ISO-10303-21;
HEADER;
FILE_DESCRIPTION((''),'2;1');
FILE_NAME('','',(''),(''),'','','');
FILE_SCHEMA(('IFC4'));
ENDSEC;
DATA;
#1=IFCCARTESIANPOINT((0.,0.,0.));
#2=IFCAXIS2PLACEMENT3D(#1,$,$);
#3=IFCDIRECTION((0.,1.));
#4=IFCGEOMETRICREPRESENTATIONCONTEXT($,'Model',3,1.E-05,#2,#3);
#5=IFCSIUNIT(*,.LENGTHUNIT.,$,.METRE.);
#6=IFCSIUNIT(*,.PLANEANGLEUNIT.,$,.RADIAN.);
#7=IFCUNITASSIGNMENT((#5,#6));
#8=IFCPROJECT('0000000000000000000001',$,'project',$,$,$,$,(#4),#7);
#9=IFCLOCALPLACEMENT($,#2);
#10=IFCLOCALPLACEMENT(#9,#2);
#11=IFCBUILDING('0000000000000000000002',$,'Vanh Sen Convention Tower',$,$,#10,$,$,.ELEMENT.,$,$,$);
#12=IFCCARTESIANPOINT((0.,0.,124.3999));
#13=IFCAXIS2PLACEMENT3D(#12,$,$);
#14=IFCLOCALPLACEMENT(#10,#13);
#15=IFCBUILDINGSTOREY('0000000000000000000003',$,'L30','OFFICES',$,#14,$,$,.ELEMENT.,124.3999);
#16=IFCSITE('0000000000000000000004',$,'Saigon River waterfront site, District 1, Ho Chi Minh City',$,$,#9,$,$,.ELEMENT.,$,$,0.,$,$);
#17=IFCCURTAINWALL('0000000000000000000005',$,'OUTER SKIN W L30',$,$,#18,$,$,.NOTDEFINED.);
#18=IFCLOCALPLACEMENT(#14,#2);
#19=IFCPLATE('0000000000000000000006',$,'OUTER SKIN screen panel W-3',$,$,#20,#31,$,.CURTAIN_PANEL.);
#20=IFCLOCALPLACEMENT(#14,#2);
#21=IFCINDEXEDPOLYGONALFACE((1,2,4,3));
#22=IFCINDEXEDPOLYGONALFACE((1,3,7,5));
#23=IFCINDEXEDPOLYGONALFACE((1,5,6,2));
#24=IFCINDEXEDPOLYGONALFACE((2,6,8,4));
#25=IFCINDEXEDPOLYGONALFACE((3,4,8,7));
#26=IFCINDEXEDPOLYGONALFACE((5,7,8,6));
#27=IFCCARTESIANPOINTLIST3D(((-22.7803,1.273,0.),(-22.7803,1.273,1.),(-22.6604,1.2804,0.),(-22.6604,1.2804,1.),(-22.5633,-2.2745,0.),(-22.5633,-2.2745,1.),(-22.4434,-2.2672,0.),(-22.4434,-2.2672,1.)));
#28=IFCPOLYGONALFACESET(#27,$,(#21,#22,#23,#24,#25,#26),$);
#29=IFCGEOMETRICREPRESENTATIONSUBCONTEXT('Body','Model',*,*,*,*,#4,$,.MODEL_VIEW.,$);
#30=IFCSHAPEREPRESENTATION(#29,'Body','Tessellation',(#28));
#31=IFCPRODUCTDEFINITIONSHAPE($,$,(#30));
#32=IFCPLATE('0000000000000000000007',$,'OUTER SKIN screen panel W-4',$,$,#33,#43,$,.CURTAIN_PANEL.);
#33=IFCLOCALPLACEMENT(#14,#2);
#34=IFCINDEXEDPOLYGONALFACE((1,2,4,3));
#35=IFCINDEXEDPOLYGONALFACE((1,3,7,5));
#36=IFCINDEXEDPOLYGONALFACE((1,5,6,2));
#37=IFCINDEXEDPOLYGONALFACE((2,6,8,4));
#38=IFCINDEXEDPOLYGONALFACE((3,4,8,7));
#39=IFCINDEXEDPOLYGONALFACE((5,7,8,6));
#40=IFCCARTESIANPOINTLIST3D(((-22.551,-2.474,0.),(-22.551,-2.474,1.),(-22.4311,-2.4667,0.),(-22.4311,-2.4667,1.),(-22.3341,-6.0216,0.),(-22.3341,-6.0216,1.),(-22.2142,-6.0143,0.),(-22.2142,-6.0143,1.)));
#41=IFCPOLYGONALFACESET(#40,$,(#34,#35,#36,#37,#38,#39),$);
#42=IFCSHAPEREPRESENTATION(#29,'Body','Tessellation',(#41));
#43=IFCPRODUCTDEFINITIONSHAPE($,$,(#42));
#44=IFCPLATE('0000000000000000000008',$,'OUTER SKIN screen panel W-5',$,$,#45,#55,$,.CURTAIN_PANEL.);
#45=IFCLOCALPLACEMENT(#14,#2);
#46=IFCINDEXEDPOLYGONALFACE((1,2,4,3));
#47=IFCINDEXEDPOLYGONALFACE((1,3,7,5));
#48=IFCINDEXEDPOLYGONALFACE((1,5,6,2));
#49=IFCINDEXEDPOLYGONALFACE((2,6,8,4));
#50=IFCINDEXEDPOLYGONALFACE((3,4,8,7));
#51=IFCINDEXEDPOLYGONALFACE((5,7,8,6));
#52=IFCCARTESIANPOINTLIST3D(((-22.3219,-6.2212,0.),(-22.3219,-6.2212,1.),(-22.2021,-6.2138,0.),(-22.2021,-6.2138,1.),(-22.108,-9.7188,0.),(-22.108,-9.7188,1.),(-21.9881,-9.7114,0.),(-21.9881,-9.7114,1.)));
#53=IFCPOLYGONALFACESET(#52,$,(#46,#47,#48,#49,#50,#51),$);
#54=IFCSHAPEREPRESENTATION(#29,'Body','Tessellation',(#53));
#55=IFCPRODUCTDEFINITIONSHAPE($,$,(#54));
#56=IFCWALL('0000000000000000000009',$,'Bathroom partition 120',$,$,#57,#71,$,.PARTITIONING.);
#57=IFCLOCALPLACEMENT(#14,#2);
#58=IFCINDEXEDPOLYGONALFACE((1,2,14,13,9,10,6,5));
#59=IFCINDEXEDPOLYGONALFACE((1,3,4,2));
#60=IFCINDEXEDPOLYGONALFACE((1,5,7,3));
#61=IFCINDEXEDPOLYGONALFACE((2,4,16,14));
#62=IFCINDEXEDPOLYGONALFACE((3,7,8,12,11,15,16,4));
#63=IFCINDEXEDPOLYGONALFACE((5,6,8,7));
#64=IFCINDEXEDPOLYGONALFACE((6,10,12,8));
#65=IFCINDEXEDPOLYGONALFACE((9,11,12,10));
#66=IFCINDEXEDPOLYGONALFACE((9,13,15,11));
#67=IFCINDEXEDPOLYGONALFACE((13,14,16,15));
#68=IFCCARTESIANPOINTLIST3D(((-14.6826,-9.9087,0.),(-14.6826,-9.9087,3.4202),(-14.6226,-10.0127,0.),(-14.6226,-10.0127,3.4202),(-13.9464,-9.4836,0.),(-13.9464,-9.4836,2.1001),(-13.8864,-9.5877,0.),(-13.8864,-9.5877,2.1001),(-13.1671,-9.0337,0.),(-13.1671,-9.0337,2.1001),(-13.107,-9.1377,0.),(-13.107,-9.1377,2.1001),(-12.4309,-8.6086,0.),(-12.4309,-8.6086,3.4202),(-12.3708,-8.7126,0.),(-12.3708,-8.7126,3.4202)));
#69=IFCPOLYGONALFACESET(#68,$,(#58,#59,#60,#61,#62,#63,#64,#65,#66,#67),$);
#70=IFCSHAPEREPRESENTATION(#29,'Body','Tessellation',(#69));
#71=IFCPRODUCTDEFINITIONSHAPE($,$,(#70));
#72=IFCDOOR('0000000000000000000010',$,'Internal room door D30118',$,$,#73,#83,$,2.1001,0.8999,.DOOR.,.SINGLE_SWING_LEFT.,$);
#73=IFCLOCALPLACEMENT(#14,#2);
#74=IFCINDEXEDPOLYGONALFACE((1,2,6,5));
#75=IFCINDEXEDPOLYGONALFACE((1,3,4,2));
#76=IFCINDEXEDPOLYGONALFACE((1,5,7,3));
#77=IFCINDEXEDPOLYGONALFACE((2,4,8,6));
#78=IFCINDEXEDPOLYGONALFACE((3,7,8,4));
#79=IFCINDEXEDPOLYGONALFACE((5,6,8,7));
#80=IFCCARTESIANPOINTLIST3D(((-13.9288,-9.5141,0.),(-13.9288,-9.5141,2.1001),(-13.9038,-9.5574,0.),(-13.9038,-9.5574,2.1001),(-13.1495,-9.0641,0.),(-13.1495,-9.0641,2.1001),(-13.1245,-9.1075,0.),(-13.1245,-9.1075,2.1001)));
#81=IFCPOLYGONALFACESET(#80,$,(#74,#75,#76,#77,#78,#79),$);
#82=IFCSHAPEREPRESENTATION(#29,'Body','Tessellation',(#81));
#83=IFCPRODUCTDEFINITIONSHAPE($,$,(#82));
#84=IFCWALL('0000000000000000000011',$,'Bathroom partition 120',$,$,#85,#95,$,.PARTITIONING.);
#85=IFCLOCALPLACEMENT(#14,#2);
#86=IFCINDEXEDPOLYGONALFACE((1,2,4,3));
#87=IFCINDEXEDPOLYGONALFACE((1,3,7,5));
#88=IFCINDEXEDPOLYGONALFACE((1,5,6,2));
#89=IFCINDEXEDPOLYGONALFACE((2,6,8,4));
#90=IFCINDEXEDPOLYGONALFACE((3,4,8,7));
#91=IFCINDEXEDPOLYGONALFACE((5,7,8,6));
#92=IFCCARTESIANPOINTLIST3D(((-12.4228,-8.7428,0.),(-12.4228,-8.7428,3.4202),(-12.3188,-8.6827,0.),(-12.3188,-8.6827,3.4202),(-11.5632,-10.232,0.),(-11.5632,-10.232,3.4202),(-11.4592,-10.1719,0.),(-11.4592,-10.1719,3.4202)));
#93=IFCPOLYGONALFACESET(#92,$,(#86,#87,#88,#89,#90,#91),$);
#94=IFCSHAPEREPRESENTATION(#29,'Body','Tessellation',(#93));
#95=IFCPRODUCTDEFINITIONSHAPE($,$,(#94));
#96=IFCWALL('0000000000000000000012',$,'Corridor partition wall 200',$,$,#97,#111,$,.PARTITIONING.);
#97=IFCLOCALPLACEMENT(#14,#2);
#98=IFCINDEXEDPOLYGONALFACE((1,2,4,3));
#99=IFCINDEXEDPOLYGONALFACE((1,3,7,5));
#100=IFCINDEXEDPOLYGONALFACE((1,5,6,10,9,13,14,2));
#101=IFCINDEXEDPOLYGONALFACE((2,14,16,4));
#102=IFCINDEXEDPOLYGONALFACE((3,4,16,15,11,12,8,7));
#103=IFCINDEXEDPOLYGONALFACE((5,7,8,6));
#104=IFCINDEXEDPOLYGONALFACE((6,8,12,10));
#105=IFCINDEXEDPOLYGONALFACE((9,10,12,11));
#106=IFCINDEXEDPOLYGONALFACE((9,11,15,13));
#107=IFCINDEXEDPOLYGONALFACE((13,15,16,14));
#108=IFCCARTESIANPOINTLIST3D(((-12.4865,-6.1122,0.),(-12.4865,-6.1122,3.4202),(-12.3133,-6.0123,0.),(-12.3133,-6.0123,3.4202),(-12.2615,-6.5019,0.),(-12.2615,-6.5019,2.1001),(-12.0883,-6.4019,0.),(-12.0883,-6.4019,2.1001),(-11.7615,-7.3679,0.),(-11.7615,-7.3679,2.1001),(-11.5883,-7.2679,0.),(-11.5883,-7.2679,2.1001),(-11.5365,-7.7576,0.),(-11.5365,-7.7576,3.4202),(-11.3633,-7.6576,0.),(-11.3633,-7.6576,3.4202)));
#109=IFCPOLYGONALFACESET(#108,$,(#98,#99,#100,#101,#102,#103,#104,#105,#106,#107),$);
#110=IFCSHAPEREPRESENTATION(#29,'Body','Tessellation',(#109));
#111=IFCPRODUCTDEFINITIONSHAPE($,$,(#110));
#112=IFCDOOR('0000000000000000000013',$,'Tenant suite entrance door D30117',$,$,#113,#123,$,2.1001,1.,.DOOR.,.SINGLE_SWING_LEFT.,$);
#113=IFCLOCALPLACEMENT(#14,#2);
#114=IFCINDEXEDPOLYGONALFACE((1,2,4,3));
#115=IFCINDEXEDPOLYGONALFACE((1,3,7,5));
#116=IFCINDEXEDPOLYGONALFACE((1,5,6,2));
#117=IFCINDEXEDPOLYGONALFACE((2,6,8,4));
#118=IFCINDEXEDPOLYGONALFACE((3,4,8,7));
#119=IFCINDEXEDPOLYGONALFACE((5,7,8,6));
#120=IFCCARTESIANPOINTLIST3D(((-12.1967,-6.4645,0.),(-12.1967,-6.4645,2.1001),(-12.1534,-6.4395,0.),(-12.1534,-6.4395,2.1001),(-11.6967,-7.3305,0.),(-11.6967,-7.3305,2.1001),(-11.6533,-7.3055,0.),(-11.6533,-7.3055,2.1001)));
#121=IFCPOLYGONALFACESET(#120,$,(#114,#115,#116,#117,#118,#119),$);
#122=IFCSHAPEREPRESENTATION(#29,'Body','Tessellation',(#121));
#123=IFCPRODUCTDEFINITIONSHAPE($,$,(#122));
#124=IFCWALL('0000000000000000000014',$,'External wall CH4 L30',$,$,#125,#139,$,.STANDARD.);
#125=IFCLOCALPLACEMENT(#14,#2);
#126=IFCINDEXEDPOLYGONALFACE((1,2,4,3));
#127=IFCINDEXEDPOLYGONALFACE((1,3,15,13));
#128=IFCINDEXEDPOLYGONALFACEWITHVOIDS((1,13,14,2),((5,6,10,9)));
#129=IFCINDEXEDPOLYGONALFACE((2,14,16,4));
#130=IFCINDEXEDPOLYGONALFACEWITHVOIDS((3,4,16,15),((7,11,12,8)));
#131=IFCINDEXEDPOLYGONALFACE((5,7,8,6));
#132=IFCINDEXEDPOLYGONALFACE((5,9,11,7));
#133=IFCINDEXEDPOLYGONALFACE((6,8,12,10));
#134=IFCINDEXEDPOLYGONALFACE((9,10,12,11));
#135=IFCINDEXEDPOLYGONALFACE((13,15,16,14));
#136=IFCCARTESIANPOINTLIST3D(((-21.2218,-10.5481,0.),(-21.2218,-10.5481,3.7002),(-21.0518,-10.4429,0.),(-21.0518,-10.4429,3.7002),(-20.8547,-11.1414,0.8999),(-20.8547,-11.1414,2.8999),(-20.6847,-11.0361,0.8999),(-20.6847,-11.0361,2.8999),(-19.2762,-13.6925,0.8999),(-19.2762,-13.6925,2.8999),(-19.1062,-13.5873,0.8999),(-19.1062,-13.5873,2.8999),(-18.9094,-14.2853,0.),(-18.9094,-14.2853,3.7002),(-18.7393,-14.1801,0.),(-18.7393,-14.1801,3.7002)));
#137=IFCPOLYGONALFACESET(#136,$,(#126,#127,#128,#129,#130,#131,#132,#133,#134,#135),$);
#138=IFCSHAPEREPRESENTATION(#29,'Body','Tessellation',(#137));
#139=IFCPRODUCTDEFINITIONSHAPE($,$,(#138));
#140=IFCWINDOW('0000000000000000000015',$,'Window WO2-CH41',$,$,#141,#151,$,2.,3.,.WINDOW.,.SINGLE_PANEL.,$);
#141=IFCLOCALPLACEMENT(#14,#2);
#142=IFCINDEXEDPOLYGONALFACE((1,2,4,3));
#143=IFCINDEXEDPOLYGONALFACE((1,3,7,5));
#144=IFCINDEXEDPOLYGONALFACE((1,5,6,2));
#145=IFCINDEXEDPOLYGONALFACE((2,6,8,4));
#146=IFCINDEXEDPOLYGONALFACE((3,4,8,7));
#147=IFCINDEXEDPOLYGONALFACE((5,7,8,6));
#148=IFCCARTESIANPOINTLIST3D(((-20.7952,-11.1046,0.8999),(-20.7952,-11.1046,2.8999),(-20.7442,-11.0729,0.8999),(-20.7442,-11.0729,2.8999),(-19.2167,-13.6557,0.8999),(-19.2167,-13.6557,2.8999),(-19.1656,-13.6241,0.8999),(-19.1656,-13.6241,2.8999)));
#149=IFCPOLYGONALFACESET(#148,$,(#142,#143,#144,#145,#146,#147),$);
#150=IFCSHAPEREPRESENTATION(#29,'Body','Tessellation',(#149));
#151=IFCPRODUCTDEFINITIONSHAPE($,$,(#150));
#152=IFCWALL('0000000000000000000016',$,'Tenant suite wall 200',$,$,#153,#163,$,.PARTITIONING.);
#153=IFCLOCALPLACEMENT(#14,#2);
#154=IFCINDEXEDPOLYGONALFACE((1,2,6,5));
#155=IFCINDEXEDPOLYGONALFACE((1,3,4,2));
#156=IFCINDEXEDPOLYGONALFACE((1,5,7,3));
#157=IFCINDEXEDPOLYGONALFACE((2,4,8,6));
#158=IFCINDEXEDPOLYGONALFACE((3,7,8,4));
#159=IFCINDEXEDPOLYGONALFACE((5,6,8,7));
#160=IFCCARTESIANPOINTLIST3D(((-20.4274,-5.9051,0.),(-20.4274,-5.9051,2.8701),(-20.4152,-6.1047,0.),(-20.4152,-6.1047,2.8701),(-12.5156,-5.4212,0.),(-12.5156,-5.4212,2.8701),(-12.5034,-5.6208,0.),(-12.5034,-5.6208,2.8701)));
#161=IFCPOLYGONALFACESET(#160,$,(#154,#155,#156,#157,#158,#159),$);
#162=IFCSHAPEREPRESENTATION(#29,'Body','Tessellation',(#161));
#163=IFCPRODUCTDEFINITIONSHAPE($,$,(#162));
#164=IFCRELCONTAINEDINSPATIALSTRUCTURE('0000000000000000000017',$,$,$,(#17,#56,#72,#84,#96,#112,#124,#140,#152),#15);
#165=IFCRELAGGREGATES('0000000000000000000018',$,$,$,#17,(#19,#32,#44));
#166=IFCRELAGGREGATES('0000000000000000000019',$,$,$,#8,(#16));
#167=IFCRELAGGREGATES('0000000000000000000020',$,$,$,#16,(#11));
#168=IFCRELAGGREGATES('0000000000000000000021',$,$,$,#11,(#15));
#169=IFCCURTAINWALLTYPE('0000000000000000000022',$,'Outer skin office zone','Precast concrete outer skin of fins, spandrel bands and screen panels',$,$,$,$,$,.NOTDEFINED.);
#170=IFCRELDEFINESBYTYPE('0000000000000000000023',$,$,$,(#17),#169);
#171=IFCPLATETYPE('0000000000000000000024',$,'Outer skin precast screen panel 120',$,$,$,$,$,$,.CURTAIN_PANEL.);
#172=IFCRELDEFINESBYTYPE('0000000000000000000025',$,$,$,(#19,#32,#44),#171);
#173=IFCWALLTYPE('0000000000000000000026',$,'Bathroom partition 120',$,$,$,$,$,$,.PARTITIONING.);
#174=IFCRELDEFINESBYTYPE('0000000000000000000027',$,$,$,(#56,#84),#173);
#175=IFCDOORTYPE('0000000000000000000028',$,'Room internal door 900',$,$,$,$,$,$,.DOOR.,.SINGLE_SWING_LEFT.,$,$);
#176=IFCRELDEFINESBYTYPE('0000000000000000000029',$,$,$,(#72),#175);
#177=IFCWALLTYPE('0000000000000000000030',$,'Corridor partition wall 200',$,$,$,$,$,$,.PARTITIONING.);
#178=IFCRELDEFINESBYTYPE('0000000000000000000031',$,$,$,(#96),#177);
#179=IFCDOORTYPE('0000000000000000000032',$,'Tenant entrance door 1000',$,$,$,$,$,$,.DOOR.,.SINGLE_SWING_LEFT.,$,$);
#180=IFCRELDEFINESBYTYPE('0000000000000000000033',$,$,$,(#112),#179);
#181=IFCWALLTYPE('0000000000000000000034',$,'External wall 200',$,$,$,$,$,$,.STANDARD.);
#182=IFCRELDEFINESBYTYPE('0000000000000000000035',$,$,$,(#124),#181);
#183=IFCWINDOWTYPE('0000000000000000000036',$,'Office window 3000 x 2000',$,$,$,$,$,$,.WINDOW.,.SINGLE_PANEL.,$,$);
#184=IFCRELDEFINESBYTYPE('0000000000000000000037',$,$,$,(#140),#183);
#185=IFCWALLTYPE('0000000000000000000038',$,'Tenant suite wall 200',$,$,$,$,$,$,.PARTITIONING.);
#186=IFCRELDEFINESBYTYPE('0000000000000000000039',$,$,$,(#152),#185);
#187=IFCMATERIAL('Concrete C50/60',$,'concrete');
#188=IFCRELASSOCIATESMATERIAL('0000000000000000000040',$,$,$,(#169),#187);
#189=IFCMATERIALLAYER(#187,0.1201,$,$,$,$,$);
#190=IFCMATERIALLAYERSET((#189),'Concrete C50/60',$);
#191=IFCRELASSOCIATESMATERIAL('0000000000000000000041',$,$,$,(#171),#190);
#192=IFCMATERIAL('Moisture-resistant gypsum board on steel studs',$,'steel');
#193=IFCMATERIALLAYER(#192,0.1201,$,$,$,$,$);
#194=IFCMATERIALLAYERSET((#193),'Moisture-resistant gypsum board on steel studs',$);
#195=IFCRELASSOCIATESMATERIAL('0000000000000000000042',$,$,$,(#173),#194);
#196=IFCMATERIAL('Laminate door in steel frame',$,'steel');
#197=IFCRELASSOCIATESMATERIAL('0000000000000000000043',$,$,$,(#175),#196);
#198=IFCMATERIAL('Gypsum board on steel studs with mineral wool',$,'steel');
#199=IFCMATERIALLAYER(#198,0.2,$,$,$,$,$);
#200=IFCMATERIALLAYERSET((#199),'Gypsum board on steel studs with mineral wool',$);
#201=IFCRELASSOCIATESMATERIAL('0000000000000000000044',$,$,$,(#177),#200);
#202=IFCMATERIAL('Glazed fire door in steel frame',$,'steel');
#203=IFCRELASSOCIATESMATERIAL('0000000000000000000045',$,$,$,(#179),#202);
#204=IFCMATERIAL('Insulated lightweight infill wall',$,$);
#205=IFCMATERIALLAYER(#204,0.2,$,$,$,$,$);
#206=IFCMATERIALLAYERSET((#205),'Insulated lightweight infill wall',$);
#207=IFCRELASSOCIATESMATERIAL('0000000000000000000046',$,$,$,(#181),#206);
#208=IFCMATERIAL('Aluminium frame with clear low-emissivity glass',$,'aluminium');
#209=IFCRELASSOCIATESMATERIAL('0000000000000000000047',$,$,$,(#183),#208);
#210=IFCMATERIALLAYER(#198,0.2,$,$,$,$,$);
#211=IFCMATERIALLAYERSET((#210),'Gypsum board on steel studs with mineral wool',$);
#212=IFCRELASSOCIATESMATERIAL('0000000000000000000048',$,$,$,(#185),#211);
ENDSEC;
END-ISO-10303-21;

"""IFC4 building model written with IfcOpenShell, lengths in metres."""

from ifc_helpers import new_model, si_unit, direction, frame, frame_2d, origin, origin_2d, place, context, subcontext, project, spatial, rectangle, extrude, material, layer, layer_set, type_object, element, fill, aggregate, save


model = new_model("IFC4")

# Units and contexts
model_context = context("Model", 3, precision=1e-05, world=origin(), true_north=direction((0.0, 1.0)))
body_context = subcontext(model_context, "Body", "Model", "MODEL_VIEW")
ifc_project = project(units=[si_unit("LENGTHUNIT", "METRE"), si_unit("PLANEANGLEUNIT", "RADIAN")], contexts=[model_context])

# Site, building, storey
site_placement = place(None, origin())
site = spatial("IfcSite", under=ifc_project, at=site_placement, Name="Saigon River waterfront site, District 1, Ho Chi Minh City", CompositionType="ELEMENT", RefElevation=0.0)
building_placement = place(site_placement, origin())
building = spatial("IfcBuilding", under=site, at=building_placement, Name="Vanh Sen Convention Tower", CompositionType="ELEMENT")
storey_placement = place(building_placement, frame((0.0, 0.0, 124.3999)))
storey = spatial("IfcBuildingStorey", under=building, at=storey_placement, Name="L30", Description="OFFICES", CompositionType="ELEMENT", Elevation=124.3999)

# Curtain wall
ifc_material_1 = material(Name="Concrete C50/60", Category="concrete")
curtain_wall_type = type_object("IfcCurtainWallType", Name="Outer skin office zone", Description="Precast concrete outer skin of fins, spandrel bands and screen panels", PredefinedType="NOTDEFINED", material=ifc_material_1)
curtain_wall_1_placement = place(storey_placement, origin())
curtain_wall_1 = element("IfcCurtainWall", 1, at=curtain_wall_1_placement, inside=storey, type_object=curtain_wall_type, Name="OUTER SKIN W L30", PredefinedType="NOTDEFINED")

# Plates
ifc_layer_1 = layer(ifc_material_1, 0.1201)
ifc_layer_set_1 = layer_set([ifc_layer_1], Name="Concrete C50/60")
plate_type = type_object("IfcPlateType", Name="Outer skin precast screen panel 120", PredefinedType="CURTAIN_PANEL", material=ifc_layer_set_1)
plate_1_placement = place(storey_placement, frame((-22.6118, -0.4971, 0.0), z_axis=(0.0, 0.0, 1.0), x_axis=(0.061054, -0.998134, 0.0)))
plate_1 = element("IfcPlate", 2, at=plate_1_placement, type_object=plate_type, Name="OUTER SKIN screen panel W-3", PredefinedType="CURTAIN_PANEL", context=body_context, shape_type="SweptSolid", body=[
    extrude(rectangle(XDim=3.5542, YDim=0.1201, at=origin_2d()), origin(), (0.0, 0.0, 1.0), 1.0),
])
plate_2_placement = place(storey_placement, frame((-22.3826, -4.2441, 0.0), z_axis=(0.0, 0.0, 1.0), x_axis=(0.061026, -0.998136, 0.0)))
plate_2 = element("IfcPlate", 3, at=plate_2_placement, type_object=plate_type, Name="OUTER SKIN screen panel W-4", PredefinedType="CURTAIN_PANEL", context=body_context, shape_type="SweptSolid", body=[
    extrude(rectangle(XDim=3.5542, YDim=0.1201, at=origin_2d()), origin(), (0.0, 0.0, 1.0), 1.0),
])
plate_3_placement = place(storey_placement, frame((-22.155, -7.9663, 0.0), z_axis=(0.0, 0.0, 1.0), x_axis=(0.061054, -0.998134, 0.0)))
plate_3 = element("IfcPlate", 4, at=plate_3_placement, type_object=plate_type, Name="OUTER SKIN screen panel W-5", PredefinedType="CURTAIN_PANEL", context=body_context, shape_type="SweptSolid", body=[
    extrude(rectangle(XDim=3.5042, YDim=0.1201, at=origin_2d()), origin(), (0.0, 0.0, 1.0), 1.0),
])
aggregate(curtain_wall_1, [plate_1, plate_2, plate_3])

# Wall, opening, door
ifc_material_2 = material(Name="Moisture-resistant gypsum board on steel studs", Category="steel")
ifc_layer_2 = layer(ifc_material_2, 0.1201)
ifc_layer_set_2 = layer_set([ifc_layer_2], Name="Moisture-resistant gypsum board on steel studs")
wall_type_1 = type_object("IfcWallType", Name="Bathroom partition 120", PredefinedType="PARTITIONING", material=ifc_layer_set_2)
wall_1_placement = place(storey_placement, frame((-14.6526, -9.9607, 0.0), z_axis=(0.0, 0.0, 1.0), x_axis=(0.866021, 0.500007, 0.0)))
wall_1 = element("IfcWall", 5, at=wall_1_placement, inside=storey, type_object=wall_type_1, Name="Bathroom partition 120", PredefinedType="PARTITIONING", context=body_context, shape_type="SweptSolid", body=[
    extrude(rectangle(XDim=2.6001, YDim=0.1201, at=frame_2d((1.3, 0.0))), origin(), (0.0, 0.0, 1.0), 3.4202),
])
opening_1_placement = place(wall_1_placement, frame((0.8501, 0.0, 0.0)))
opening_1 = element("IfcOpeningElement", 6, at=opening_1_placement, cuts=wall_1, PredefinedType="OPENING", context=body_context, shape_type="SweptSolid", body=[
    extrude(rectangle(XDim=0.8999, YDim=2.1001, at=frame_2d((0.45, 1.05))), frame((0.0, 0.0701, 0.0), z_axis=(0.0, -1.0, 0.0), x_axis=(1.0, 0.0, 0.0)), (0.0, 0.0, 1.0), 0.1401),
])
ifc_material_3 = material(Name="Laminate door in steel frame", Category="steel")
door_type_1 = type_object("IfcDoorType", Name="Room internal door 900", OperationType="SINGLE_SWING_LEFT", PredefinedType="DOOR", material=ifc_material_3)
door_1_placement = place(opening_1_placement, origin())
door_1 = element("IfcDoor", 7, at=door_1_placement, inside=storey, type_object=door_type_1, Name="Internal room door D30118", OperationType="SINGLE_SWING_LEFT", OverallHeight=2.1001, OverallWidth=0.8999, PredefinedType="DOOR", context=body_context, shape_type="SweptSolid", body=[
    extrude(rectangle(XDim=0.8999, YDim=2.1001, at=frame_2d((0.45, 1.05))), frame((0.0, 0.0249, 0.0), z_axis=(0.0, -1.0, 0.0), x_axis=(1.0, 0.0, 0.0)), (0.0, 0.0, 1.0), 0.05),
])
fill(opening_1, door_1)

# Wall
wall_2_placement = place(storey_placement, frame((-12.3708, -8.7126, 0.0), z_axis=(0.0, 0.0, 1.0), x_axis=(0.499911, -0.866077, 0.0)))
element("IfcWall", 8, at=wall_2_placement, inside=storey, type_object=wall_type_1, Name="Bathroom partition 120", PredefinedType="PARTITIONING", context=body_context, shape_type="SweptSolid", body=[
    extrude(rectangle(XDim=1.7195, YDim=0.1201, at=frame_2d((0.8599, 0.0))), origin(), (0.0, 0.0, 1.0), 3.4202),
])

# Wall, opening, door
ifc_material_4 = material(Name="Gypsum board on steel studs with mineral wool", Category="steel")
ifc_layer_3 = layer(ifc_material_4, 0.2)
ifc_layer_set_3 = layer_set([ifc_layer_3], Name="Gypsum board on steel studs with mineral wool")
wall_type_2 = type_object("IfcWallType", Name="Corridor partition wall 200", PredefinedType="PARTITIONING", material=ifc_layer_set_3)
wall_3_placement = place(storey_placement, frame((-12.3999, -6.0623, 0.0), z_axis=(0.0, 0.0, 1.0), x_axis=(0.500023, -0.866012, 0.0)))
wall_3 = element("IfcWall", 9, at=wall_3_placement, inside=storey, type_object=wall_type_2, Name="Corridor partition wall 200", PredefinedType="PARTITIONING", context=body_context, shape_type="SweptSolid", body=[
    extrude(rectangle(XDim=1.8999, YDim=0.2, at=frame_2d((0.95, 0.0))), origin(), (0.0, 0.0, 1.0), 3.4202),
])
opening_2_placement = place(wall_3_placement, frame((0.45, 0.0, 0.0)))
opening_2 = element("IfcOpeningElement", 10, at=opening_2_placement, cuts=wall_3, PredefinedType="OPENING", context=body_context, shape_type="SweptSolid", body=[
    extrude(rectangle(XDim=1.0, YDim=2.1001, at=frame_2d((0.5, 1.05))), frame((0.0, 0.1099, 0.0), z_axis=(0.0, -1.0, 0.0), x_axis=(1.0, 0.0, 0.0)), (0.0, 0.0, 1.0), 0.22),
])
ifc_material_5 = material(Name="Glazed fire door in steel frame", Category="steel")
door_type_2 = type_object("IfcDoorType", Name="Tenant entrance door 1000", OperationType="SINGLE_SWING_LEFT", PredefinedType="DOOR", material=ifc_material_5)
door_2_placement = place(opening_2_placement, origin())
door_2 = element("IfcDoor", 11, at=door_2_placement, inside=storey, type_object=door_type_2, Name="Tenant suite entrance door D30117", OperationType="SINGLE_SWING_LEFT", OverallHeight=2.1001, OverallWidth=1.0, PredefinedType="DOOR", context=body_context, shape_type="SweptSolid", body=[
    extrude(rectangle(XDim=1.0, YDim=2.1001, at=frame_2d((0.5, 1.05))), frame((0.0, 0.0249, 0.0), z_axis=(0.0, -1.0, 0.0), x_axis=(1.0, 0.0, 0.0)), (0.0, 0.0, 1.0), 0.05),
])
fill(opening_2, door_2)

# Wall, opening, window
ifc_material_6 = material(Name="Insulated lightweight infill wall")
ifc_layer_4 = layer(ifc_material_6, 0.2)
ifc_layer_set_4 = layer_set([ifc_layer_4], Name="Insulated lightweight infill wall")
wall_type_3 = type_object("IfcWallType", Name="External wall 200", PredefinedType="STANDARD", material=ifc_layer_set_4)
wall_4_placement = place(storey_placement, frame((-21.1367, -10.4956, 0.0), z_axis=(0.0, 0.0, 1.0), x_axis=(0.526179, -0.850374, 0.0)))
wall_4 = element("IfcWall", 12, at=wall_4_placement, inside=storey, type_object=wall_type_3, Name="External wall CH4 L30", PredefinedType="STANDARD", context=body_context, shape_type="SweptSolid", body=[
    extrude(rectangle(XDim=4.3948, YDim=0.2, at=frame_2d((2.1973, 0.0))), origin(), (0.0, 0.0, 1.0), 3.7002),
])
opening_3_placement = place(wall_4_placement, frame((0.6975, 0.0, 0.8999)))
opening_3 = element("IfcOpeningElement", 13, at=opening_3_placement, cuts=wall_4, PredefinedType="OPENING", context=body_context, shape_type="SweptSolid", body=[
    extrude(rectangle(XDim=3.0, YDim=2.0, at=frame_2d((1.5, 1.0))), frame((0.0, 0.1099, 0.0), z_axis=(0.0, -1.0, 0.0), x_axis=(1.0, 0.0, 0.0)), (0.0, 0.0, 1.0), 0.22),
])
ifc_material_7 = material(Name="Aluminium frame with clear low-emissivity glass", Category="aluminium")
window_type = type_object("IfcWindowType", Name="Office window 3000 x 2000", PartitioningType="SINGLE_PANEL", PredefinedType="WINDOW", material=ifc_material_7)
window_placement = place(opening_3_placement, origin())
window = element("IfcWindow", 14, at=window_placement, inside=storey, type_object=window_type, Name="Window WO2-CH41", OverallHeight=2.0, OverallWidth=3.0, PartitioningType="SINGLE_PANEL", PredefinedType="WINDOW", context=body_context, shape_type="SweptSolid", body=[
    extrude(rectangle(XDim=3.0, YDim=2.0, at=frame_2d((1.5, 1.0))), frame((0.0, 0.03, 0.0), z_axis=(0.0, -1.0, 0.0), x_axis=(1.0, 0.0, 0.0)), (0.0, 0.0, 1.0), 0.0601),
])
fill(opening_3, window)

# Wall
ifc_layer_5 = layer(ifc_material_4, 0.2)
ifc_layer_set_5 = layer_set([ifc_layer_5], Name="Gypsum board on steel studs with mineral wool")
wall_type_4 = type_object("IfcWallType", Name="Tenant suite wall 200", PredefinedType="PARTITIONING", material=ifc_layer_set_5)
wall_5_placement = place(storey_placement, frame((-20.4214, -6.0049, 0.0), z_axis=(0.0, 0.0, 1.0), x_axis=(0.998135, 0.061047, 0.0)))
element("IfcWall", 15, at=wall_5_placement, inside=storey, type_object=wall_type_4, Name="Tenant suite wall 200", PredefinedType="PARTITIONING", context=body_context, shape_type="SweptSolid", body=[
    extrude(rectangle(XDim=7.9265, YDim=0.2, at=frame_2d((3.9634, 0.0))), origin(), (0.0, 0.0, 1.0), 2.8701),
])

save(model, "model.ifc")
